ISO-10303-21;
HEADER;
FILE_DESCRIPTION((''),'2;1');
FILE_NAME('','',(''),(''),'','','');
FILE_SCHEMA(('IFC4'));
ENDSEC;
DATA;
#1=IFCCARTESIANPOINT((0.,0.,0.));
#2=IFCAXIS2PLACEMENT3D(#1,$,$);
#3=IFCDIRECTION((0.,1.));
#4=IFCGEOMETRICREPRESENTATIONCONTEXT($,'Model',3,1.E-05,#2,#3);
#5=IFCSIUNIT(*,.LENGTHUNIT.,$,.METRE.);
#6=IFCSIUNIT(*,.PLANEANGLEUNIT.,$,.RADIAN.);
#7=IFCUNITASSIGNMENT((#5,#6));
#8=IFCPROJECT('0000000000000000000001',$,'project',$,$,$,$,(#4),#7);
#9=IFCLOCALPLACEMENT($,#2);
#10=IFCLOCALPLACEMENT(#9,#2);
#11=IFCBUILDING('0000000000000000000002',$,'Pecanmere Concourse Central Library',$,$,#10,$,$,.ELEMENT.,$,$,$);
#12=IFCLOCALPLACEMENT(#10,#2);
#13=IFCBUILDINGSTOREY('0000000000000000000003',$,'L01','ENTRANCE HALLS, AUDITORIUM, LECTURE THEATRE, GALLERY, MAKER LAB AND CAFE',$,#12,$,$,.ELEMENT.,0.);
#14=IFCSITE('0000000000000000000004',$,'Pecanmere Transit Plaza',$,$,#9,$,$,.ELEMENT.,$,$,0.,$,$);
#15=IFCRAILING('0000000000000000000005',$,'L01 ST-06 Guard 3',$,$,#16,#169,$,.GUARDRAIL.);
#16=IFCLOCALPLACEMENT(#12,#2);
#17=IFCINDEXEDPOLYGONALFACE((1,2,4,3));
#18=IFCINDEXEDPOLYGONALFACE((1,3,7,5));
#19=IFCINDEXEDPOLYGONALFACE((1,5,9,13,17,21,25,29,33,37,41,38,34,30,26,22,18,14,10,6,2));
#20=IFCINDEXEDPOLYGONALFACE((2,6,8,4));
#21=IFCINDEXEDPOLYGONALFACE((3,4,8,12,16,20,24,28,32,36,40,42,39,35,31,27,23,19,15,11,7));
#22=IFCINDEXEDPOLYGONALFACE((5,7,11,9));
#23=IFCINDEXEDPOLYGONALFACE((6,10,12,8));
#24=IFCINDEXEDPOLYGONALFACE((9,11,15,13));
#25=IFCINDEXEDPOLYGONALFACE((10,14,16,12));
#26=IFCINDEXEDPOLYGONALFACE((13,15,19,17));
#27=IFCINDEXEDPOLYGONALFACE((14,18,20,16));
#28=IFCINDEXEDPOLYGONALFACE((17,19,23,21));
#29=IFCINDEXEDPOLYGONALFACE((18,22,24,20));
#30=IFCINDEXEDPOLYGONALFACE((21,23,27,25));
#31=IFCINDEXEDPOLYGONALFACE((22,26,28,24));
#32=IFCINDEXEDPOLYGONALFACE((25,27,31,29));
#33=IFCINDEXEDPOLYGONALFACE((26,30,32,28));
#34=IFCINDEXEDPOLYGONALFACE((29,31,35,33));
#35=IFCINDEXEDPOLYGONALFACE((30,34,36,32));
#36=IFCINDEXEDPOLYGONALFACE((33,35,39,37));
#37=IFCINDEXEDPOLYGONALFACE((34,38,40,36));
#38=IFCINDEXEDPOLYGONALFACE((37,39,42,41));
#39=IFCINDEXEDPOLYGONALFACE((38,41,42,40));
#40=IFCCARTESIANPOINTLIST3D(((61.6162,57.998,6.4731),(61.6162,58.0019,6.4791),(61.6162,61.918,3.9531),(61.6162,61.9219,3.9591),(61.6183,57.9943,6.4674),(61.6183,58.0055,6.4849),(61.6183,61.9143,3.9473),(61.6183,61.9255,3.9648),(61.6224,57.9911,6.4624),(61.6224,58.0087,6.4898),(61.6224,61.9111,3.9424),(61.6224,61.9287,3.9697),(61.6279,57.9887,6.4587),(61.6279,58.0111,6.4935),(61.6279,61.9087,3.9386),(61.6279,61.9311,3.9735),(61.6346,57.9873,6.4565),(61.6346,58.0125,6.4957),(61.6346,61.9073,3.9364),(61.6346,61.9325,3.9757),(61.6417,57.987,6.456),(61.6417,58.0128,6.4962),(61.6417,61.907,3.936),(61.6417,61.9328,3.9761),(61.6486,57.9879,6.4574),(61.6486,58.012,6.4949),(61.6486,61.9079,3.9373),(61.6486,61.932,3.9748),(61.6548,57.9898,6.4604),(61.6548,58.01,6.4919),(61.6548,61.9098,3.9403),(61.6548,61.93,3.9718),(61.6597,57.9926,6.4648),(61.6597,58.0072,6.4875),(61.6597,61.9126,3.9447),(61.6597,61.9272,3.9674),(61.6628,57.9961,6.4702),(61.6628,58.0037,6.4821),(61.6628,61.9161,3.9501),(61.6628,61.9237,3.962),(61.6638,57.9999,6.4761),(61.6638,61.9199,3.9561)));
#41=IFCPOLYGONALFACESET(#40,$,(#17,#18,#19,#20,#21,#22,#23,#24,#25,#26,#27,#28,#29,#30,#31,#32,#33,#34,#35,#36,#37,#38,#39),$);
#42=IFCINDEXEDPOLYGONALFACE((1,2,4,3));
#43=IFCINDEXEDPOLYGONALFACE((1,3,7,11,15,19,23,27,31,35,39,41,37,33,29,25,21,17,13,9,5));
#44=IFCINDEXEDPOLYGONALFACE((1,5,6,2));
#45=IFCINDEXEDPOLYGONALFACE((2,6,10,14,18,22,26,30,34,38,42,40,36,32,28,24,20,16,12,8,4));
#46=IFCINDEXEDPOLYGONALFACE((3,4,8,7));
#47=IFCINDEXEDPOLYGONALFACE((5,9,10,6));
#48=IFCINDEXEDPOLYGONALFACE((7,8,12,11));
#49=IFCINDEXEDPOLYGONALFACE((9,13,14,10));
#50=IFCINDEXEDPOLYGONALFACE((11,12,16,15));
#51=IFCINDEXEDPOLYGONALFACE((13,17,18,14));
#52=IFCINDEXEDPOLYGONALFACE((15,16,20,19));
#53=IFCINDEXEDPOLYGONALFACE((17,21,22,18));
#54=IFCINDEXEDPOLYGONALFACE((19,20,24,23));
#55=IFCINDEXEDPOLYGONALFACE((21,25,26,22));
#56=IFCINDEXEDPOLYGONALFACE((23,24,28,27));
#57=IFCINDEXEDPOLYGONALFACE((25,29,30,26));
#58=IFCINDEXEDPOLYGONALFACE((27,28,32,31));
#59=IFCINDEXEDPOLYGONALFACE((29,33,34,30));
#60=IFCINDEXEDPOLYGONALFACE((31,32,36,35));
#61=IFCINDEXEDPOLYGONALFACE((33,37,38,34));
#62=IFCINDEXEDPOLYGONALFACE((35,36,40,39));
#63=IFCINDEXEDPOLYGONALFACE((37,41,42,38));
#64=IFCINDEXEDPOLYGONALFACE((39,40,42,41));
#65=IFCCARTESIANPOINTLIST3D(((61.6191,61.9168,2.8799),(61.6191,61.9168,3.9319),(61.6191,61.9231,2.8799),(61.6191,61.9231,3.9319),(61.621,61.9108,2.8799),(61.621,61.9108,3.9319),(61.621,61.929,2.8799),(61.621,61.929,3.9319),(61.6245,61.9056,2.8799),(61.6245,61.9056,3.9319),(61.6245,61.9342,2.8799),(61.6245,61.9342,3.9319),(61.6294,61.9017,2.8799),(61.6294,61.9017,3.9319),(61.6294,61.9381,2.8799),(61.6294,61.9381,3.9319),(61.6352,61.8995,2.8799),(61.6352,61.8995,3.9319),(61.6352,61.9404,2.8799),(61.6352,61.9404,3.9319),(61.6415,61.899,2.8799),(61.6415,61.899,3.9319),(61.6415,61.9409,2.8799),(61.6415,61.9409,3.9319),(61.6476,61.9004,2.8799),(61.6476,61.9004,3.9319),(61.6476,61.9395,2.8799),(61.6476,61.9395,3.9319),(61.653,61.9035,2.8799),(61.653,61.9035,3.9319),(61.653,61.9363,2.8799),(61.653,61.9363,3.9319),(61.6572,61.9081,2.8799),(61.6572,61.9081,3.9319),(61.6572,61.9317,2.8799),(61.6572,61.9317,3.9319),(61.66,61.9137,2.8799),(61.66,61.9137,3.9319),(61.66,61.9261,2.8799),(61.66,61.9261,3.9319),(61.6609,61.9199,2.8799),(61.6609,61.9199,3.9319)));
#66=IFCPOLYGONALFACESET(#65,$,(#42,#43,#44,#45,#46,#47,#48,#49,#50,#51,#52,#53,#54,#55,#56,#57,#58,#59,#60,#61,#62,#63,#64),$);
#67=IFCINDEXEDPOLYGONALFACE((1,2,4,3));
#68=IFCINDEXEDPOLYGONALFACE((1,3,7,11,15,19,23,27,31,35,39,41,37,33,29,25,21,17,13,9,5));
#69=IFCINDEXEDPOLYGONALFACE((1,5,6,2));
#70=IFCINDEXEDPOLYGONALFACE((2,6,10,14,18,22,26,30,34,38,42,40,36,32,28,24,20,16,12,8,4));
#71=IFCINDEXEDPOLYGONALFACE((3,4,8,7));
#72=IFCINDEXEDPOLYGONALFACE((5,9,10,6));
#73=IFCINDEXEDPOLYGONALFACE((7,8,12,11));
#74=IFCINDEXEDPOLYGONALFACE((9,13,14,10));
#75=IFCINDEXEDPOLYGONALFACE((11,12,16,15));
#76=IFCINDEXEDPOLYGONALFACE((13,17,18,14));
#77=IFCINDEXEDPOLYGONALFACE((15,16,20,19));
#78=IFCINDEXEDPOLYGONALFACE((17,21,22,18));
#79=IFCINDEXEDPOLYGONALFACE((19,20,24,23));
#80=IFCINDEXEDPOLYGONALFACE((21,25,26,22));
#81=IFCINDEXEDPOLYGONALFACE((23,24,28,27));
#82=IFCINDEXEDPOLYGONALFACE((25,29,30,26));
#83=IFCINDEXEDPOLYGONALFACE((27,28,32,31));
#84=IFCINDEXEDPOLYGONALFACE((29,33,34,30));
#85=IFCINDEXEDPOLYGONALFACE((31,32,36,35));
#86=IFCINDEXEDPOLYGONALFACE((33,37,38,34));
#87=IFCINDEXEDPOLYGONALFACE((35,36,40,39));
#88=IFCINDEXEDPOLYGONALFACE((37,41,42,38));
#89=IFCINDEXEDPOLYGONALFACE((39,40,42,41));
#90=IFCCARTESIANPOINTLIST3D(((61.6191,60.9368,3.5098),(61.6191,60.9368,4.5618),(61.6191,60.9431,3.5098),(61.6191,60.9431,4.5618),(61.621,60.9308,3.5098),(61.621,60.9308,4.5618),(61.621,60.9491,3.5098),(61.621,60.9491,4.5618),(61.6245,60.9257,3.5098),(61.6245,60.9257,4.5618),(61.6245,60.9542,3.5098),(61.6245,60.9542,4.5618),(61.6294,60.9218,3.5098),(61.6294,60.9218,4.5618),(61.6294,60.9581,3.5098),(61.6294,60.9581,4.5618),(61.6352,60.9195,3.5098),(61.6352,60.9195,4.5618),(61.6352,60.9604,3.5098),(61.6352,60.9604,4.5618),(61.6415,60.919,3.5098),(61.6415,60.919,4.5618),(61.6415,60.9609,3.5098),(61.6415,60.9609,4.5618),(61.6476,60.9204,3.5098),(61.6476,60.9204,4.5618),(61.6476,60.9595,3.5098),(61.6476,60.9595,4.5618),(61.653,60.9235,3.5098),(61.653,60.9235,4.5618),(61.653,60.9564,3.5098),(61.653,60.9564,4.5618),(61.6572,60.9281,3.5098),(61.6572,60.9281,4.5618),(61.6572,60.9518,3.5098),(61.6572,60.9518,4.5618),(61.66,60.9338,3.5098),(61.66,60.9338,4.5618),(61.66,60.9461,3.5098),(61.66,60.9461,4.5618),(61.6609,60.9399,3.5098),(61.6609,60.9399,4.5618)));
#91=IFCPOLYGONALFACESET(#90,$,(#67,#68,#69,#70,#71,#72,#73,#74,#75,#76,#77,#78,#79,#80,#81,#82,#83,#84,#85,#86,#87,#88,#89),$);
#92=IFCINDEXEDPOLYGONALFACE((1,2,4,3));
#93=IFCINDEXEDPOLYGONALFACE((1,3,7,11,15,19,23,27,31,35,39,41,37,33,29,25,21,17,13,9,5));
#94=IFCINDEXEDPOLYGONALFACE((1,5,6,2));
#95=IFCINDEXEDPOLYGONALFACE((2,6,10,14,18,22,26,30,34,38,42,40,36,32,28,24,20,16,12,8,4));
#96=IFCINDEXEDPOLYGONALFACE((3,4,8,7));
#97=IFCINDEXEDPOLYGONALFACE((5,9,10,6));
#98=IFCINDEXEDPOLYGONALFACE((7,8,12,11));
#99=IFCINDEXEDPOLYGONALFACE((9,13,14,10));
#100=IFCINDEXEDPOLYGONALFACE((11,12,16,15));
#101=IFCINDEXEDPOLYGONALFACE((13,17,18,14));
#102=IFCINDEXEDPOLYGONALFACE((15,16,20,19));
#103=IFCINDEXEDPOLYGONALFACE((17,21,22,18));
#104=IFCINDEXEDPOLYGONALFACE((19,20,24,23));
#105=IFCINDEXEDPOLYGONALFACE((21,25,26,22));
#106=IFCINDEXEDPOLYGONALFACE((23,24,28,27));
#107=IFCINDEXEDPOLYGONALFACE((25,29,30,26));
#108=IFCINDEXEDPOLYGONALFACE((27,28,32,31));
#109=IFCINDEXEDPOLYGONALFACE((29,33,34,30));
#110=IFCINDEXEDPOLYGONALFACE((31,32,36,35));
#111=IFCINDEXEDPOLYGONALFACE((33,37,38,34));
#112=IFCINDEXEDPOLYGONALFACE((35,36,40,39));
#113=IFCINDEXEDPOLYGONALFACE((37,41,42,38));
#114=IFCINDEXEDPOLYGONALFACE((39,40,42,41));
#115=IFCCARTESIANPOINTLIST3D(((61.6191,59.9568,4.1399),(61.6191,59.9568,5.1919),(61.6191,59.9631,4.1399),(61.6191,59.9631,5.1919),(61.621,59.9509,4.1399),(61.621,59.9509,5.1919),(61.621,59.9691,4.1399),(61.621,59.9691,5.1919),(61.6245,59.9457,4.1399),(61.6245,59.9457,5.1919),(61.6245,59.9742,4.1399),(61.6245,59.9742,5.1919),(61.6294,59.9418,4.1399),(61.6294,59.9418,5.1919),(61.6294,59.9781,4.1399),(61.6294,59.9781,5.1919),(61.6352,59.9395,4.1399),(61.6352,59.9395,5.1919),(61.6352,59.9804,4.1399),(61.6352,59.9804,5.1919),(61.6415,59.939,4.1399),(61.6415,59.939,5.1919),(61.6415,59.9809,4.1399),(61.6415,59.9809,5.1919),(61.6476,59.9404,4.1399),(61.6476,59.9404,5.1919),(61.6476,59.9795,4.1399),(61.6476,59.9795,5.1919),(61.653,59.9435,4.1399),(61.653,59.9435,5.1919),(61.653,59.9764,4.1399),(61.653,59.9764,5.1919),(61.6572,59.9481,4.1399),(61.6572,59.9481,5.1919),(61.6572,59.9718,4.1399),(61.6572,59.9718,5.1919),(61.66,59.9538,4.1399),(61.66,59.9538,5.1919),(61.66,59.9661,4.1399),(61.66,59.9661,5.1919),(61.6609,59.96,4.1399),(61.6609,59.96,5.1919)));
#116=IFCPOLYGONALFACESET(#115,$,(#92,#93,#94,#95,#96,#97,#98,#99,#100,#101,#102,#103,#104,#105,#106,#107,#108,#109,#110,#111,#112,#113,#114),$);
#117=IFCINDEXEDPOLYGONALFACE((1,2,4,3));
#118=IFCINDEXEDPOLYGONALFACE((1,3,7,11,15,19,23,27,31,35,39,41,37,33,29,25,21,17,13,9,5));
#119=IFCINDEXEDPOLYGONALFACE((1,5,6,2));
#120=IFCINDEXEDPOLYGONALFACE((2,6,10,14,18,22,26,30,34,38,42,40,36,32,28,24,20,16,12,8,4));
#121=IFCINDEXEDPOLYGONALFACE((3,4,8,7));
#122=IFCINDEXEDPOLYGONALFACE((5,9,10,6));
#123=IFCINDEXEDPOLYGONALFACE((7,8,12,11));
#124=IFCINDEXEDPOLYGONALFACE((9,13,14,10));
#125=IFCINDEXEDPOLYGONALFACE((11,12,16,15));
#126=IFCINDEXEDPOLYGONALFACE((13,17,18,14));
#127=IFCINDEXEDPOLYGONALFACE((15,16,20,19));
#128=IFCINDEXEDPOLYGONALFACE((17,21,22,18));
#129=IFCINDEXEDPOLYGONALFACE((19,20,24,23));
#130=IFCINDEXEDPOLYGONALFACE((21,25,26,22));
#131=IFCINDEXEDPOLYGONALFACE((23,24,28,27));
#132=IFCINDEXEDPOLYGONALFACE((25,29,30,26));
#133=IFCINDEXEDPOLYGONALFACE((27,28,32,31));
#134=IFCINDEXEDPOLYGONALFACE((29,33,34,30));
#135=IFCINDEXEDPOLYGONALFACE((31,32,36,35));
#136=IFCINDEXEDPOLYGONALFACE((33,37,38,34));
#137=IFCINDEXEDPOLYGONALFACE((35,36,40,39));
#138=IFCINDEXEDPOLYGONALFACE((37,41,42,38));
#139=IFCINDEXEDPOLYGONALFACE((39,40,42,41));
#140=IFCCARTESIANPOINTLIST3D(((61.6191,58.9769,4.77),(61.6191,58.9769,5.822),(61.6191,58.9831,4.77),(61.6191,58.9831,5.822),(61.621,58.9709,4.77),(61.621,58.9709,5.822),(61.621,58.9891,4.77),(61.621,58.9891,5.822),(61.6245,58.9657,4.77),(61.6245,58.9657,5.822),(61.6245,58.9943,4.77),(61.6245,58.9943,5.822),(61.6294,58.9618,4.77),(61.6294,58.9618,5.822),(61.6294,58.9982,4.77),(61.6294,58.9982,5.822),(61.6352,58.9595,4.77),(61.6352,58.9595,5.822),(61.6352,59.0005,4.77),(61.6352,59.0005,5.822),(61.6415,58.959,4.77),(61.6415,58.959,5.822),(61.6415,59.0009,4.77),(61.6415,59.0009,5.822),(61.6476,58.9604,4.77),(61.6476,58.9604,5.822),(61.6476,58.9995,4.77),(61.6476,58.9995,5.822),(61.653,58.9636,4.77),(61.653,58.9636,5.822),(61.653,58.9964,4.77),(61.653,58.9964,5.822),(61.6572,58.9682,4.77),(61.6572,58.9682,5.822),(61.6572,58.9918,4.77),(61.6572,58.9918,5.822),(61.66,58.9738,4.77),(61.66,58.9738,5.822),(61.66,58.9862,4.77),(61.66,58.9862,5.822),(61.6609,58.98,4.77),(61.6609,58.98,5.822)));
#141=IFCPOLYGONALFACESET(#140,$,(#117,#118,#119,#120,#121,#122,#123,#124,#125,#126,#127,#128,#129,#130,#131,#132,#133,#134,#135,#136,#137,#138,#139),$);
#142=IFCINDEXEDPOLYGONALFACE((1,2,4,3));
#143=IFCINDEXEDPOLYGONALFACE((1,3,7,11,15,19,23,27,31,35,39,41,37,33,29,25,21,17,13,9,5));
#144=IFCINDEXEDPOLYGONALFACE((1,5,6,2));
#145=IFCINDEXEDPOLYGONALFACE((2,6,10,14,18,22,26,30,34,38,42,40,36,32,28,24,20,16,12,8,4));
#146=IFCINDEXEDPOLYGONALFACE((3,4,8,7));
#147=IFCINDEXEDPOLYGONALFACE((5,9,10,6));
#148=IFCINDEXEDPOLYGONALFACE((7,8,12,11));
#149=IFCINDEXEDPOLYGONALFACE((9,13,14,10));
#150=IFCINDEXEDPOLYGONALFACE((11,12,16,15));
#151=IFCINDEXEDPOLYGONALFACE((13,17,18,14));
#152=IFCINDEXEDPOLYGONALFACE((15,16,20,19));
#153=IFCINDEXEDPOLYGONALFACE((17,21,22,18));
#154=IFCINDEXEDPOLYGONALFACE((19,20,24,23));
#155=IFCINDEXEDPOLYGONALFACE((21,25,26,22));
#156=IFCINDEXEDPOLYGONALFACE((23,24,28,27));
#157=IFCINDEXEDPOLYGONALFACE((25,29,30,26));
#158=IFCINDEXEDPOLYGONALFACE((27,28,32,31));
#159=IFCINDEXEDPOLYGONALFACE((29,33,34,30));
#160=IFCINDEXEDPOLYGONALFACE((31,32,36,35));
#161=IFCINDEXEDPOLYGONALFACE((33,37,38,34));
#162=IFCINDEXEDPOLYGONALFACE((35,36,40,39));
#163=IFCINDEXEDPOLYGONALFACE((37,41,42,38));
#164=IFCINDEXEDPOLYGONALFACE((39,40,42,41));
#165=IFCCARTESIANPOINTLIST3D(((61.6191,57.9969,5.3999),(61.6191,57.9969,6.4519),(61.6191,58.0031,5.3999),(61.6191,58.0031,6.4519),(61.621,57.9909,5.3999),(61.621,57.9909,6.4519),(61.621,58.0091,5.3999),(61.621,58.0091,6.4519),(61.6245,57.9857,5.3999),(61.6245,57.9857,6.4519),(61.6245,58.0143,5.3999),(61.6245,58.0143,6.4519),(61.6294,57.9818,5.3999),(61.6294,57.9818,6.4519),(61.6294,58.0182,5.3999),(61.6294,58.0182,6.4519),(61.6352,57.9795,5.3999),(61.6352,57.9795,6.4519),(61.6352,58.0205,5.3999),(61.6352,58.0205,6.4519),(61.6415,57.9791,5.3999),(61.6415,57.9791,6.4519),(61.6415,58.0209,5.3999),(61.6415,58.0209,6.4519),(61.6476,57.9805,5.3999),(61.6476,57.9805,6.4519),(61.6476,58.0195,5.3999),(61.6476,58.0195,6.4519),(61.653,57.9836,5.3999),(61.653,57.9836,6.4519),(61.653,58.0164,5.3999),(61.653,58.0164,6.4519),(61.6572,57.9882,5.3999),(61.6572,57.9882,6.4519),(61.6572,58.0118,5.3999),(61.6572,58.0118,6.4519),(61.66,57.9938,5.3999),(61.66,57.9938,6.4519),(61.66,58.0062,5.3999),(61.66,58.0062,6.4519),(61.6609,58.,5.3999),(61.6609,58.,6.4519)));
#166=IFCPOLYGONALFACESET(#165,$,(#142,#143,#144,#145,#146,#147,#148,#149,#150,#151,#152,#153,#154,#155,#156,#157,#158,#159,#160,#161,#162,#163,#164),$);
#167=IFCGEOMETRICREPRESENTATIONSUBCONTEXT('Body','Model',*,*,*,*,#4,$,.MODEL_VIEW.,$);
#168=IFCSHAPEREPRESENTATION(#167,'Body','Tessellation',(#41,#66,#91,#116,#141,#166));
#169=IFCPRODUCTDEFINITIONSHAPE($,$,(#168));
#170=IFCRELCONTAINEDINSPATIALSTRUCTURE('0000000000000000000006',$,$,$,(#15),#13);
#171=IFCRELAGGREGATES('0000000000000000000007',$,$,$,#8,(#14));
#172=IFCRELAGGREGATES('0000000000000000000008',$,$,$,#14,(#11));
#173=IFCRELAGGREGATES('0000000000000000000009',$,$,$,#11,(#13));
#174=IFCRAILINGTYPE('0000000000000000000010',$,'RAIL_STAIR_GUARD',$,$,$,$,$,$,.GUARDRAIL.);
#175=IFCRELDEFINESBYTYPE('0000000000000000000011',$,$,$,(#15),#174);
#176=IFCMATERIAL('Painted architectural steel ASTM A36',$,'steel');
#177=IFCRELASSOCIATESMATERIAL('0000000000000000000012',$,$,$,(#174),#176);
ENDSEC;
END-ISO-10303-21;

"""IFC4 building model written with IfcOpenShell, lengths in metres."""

from ifc_helpers import new_model, si_unit, direction, frame, origin, origin_2d, place, context, subcontext, project, spatial, circle, extrude, material, type_object, element, save


model = new_model("IFC4")

# Units and contexts
model_context = context("Model", 3, precision=1e-05, world=origin(), true_north=direction((0.0, 1.0)))
body_context = subcontext(model_context, "Body", "Model", "MODEL_VIEW")
ifc_project = project(units=[si_unit("LENGTHUNIT", "METRE"), si_unit("PLANEANGLEUNIT", "RADIAN")], contexts=[model_context])

# Site, building, storey
site_placement = place(None, origin())
site = spatial("IfcSite", under=ifc_project, at=site_placement, Name="Pecanmere Transit Plaza", CompositionType="ELEMENT", RefElevation=0.0)
building_placement = place(site_placement, origin())
building = spatial("IfcBuilding", under=site, at=building_placement, Name="Pecanmere Concourse Central Library", CompositionType="ELEMENT")
storey_placement = place(building_placement, origin())
storey = spatial("IfcBuildingStorey", under=building, at=storey_placement, Name="L01", Description="ENTRANCE HALLS, AUDITORIUM, LECTURE THEATRE, GALLERY, MAKER LAB AND CAFE", CompositionType="ELEMENT", Elevation=0.0)

# Railing
ifc_material_1 = material(Name="Painted architectural steel ASTM A36", Category="steel")
railing_type_1 = type_object("IfcRailingType", Name="RAIL_STAIR_GUARD", PredefinedType="GUARDRAIL", material=ifc_material_1)
railing_1_placement = place(storey_placement, frame((61.6399, 61.9199, 2.8799)))
element("IfcRailing", 1, at=railing_1_placement, inside=storey, type_object=railing_type_1, Name="L01 ST-06 Guard 3", PredefinedType="GUARDRAIL", context=body_context, shape_type="SweptSolid", body=[
    extrude(circle(Radius=0.0239, at=origin_2d()), frame((0.0, 0.0, 1.0762), z_axis=(0.0, -0.841172, 0.540768), x_axis=(1.0, 0.0, 0.0)), (0.0, 0.0, 1.0), 4.6602),
    extrude(circle(Radius=0.021, at=origin_2d()), origin(), (0.0, 0.0, 1.0), 1.052),
    extrude(circle(Radius=0.021, at=origin_2d()), frame((0.0, -0.98, 0.6299)), (0.0, 0.0, 1.0), 1.052),
    extrude(circle(Radius=0.021, at=origin_2d()), frame((0.0, -1.96, 1.26)), (0.0, 0.0, 1.0), 1.052),
    extrude(circle(Radius=0.021, at=origin_2d()), frame((0.0, -2.9399, 1.8901)), (0.0, 0.0, 1.0), 1.052),
    extrude(circle(Radius=0.021, at=origin_2d()), frame((0.0, -3.9199, 2.52)), (0.0, 0.0, 1.0), 1.052),
])

save(model, "model.ifc")
